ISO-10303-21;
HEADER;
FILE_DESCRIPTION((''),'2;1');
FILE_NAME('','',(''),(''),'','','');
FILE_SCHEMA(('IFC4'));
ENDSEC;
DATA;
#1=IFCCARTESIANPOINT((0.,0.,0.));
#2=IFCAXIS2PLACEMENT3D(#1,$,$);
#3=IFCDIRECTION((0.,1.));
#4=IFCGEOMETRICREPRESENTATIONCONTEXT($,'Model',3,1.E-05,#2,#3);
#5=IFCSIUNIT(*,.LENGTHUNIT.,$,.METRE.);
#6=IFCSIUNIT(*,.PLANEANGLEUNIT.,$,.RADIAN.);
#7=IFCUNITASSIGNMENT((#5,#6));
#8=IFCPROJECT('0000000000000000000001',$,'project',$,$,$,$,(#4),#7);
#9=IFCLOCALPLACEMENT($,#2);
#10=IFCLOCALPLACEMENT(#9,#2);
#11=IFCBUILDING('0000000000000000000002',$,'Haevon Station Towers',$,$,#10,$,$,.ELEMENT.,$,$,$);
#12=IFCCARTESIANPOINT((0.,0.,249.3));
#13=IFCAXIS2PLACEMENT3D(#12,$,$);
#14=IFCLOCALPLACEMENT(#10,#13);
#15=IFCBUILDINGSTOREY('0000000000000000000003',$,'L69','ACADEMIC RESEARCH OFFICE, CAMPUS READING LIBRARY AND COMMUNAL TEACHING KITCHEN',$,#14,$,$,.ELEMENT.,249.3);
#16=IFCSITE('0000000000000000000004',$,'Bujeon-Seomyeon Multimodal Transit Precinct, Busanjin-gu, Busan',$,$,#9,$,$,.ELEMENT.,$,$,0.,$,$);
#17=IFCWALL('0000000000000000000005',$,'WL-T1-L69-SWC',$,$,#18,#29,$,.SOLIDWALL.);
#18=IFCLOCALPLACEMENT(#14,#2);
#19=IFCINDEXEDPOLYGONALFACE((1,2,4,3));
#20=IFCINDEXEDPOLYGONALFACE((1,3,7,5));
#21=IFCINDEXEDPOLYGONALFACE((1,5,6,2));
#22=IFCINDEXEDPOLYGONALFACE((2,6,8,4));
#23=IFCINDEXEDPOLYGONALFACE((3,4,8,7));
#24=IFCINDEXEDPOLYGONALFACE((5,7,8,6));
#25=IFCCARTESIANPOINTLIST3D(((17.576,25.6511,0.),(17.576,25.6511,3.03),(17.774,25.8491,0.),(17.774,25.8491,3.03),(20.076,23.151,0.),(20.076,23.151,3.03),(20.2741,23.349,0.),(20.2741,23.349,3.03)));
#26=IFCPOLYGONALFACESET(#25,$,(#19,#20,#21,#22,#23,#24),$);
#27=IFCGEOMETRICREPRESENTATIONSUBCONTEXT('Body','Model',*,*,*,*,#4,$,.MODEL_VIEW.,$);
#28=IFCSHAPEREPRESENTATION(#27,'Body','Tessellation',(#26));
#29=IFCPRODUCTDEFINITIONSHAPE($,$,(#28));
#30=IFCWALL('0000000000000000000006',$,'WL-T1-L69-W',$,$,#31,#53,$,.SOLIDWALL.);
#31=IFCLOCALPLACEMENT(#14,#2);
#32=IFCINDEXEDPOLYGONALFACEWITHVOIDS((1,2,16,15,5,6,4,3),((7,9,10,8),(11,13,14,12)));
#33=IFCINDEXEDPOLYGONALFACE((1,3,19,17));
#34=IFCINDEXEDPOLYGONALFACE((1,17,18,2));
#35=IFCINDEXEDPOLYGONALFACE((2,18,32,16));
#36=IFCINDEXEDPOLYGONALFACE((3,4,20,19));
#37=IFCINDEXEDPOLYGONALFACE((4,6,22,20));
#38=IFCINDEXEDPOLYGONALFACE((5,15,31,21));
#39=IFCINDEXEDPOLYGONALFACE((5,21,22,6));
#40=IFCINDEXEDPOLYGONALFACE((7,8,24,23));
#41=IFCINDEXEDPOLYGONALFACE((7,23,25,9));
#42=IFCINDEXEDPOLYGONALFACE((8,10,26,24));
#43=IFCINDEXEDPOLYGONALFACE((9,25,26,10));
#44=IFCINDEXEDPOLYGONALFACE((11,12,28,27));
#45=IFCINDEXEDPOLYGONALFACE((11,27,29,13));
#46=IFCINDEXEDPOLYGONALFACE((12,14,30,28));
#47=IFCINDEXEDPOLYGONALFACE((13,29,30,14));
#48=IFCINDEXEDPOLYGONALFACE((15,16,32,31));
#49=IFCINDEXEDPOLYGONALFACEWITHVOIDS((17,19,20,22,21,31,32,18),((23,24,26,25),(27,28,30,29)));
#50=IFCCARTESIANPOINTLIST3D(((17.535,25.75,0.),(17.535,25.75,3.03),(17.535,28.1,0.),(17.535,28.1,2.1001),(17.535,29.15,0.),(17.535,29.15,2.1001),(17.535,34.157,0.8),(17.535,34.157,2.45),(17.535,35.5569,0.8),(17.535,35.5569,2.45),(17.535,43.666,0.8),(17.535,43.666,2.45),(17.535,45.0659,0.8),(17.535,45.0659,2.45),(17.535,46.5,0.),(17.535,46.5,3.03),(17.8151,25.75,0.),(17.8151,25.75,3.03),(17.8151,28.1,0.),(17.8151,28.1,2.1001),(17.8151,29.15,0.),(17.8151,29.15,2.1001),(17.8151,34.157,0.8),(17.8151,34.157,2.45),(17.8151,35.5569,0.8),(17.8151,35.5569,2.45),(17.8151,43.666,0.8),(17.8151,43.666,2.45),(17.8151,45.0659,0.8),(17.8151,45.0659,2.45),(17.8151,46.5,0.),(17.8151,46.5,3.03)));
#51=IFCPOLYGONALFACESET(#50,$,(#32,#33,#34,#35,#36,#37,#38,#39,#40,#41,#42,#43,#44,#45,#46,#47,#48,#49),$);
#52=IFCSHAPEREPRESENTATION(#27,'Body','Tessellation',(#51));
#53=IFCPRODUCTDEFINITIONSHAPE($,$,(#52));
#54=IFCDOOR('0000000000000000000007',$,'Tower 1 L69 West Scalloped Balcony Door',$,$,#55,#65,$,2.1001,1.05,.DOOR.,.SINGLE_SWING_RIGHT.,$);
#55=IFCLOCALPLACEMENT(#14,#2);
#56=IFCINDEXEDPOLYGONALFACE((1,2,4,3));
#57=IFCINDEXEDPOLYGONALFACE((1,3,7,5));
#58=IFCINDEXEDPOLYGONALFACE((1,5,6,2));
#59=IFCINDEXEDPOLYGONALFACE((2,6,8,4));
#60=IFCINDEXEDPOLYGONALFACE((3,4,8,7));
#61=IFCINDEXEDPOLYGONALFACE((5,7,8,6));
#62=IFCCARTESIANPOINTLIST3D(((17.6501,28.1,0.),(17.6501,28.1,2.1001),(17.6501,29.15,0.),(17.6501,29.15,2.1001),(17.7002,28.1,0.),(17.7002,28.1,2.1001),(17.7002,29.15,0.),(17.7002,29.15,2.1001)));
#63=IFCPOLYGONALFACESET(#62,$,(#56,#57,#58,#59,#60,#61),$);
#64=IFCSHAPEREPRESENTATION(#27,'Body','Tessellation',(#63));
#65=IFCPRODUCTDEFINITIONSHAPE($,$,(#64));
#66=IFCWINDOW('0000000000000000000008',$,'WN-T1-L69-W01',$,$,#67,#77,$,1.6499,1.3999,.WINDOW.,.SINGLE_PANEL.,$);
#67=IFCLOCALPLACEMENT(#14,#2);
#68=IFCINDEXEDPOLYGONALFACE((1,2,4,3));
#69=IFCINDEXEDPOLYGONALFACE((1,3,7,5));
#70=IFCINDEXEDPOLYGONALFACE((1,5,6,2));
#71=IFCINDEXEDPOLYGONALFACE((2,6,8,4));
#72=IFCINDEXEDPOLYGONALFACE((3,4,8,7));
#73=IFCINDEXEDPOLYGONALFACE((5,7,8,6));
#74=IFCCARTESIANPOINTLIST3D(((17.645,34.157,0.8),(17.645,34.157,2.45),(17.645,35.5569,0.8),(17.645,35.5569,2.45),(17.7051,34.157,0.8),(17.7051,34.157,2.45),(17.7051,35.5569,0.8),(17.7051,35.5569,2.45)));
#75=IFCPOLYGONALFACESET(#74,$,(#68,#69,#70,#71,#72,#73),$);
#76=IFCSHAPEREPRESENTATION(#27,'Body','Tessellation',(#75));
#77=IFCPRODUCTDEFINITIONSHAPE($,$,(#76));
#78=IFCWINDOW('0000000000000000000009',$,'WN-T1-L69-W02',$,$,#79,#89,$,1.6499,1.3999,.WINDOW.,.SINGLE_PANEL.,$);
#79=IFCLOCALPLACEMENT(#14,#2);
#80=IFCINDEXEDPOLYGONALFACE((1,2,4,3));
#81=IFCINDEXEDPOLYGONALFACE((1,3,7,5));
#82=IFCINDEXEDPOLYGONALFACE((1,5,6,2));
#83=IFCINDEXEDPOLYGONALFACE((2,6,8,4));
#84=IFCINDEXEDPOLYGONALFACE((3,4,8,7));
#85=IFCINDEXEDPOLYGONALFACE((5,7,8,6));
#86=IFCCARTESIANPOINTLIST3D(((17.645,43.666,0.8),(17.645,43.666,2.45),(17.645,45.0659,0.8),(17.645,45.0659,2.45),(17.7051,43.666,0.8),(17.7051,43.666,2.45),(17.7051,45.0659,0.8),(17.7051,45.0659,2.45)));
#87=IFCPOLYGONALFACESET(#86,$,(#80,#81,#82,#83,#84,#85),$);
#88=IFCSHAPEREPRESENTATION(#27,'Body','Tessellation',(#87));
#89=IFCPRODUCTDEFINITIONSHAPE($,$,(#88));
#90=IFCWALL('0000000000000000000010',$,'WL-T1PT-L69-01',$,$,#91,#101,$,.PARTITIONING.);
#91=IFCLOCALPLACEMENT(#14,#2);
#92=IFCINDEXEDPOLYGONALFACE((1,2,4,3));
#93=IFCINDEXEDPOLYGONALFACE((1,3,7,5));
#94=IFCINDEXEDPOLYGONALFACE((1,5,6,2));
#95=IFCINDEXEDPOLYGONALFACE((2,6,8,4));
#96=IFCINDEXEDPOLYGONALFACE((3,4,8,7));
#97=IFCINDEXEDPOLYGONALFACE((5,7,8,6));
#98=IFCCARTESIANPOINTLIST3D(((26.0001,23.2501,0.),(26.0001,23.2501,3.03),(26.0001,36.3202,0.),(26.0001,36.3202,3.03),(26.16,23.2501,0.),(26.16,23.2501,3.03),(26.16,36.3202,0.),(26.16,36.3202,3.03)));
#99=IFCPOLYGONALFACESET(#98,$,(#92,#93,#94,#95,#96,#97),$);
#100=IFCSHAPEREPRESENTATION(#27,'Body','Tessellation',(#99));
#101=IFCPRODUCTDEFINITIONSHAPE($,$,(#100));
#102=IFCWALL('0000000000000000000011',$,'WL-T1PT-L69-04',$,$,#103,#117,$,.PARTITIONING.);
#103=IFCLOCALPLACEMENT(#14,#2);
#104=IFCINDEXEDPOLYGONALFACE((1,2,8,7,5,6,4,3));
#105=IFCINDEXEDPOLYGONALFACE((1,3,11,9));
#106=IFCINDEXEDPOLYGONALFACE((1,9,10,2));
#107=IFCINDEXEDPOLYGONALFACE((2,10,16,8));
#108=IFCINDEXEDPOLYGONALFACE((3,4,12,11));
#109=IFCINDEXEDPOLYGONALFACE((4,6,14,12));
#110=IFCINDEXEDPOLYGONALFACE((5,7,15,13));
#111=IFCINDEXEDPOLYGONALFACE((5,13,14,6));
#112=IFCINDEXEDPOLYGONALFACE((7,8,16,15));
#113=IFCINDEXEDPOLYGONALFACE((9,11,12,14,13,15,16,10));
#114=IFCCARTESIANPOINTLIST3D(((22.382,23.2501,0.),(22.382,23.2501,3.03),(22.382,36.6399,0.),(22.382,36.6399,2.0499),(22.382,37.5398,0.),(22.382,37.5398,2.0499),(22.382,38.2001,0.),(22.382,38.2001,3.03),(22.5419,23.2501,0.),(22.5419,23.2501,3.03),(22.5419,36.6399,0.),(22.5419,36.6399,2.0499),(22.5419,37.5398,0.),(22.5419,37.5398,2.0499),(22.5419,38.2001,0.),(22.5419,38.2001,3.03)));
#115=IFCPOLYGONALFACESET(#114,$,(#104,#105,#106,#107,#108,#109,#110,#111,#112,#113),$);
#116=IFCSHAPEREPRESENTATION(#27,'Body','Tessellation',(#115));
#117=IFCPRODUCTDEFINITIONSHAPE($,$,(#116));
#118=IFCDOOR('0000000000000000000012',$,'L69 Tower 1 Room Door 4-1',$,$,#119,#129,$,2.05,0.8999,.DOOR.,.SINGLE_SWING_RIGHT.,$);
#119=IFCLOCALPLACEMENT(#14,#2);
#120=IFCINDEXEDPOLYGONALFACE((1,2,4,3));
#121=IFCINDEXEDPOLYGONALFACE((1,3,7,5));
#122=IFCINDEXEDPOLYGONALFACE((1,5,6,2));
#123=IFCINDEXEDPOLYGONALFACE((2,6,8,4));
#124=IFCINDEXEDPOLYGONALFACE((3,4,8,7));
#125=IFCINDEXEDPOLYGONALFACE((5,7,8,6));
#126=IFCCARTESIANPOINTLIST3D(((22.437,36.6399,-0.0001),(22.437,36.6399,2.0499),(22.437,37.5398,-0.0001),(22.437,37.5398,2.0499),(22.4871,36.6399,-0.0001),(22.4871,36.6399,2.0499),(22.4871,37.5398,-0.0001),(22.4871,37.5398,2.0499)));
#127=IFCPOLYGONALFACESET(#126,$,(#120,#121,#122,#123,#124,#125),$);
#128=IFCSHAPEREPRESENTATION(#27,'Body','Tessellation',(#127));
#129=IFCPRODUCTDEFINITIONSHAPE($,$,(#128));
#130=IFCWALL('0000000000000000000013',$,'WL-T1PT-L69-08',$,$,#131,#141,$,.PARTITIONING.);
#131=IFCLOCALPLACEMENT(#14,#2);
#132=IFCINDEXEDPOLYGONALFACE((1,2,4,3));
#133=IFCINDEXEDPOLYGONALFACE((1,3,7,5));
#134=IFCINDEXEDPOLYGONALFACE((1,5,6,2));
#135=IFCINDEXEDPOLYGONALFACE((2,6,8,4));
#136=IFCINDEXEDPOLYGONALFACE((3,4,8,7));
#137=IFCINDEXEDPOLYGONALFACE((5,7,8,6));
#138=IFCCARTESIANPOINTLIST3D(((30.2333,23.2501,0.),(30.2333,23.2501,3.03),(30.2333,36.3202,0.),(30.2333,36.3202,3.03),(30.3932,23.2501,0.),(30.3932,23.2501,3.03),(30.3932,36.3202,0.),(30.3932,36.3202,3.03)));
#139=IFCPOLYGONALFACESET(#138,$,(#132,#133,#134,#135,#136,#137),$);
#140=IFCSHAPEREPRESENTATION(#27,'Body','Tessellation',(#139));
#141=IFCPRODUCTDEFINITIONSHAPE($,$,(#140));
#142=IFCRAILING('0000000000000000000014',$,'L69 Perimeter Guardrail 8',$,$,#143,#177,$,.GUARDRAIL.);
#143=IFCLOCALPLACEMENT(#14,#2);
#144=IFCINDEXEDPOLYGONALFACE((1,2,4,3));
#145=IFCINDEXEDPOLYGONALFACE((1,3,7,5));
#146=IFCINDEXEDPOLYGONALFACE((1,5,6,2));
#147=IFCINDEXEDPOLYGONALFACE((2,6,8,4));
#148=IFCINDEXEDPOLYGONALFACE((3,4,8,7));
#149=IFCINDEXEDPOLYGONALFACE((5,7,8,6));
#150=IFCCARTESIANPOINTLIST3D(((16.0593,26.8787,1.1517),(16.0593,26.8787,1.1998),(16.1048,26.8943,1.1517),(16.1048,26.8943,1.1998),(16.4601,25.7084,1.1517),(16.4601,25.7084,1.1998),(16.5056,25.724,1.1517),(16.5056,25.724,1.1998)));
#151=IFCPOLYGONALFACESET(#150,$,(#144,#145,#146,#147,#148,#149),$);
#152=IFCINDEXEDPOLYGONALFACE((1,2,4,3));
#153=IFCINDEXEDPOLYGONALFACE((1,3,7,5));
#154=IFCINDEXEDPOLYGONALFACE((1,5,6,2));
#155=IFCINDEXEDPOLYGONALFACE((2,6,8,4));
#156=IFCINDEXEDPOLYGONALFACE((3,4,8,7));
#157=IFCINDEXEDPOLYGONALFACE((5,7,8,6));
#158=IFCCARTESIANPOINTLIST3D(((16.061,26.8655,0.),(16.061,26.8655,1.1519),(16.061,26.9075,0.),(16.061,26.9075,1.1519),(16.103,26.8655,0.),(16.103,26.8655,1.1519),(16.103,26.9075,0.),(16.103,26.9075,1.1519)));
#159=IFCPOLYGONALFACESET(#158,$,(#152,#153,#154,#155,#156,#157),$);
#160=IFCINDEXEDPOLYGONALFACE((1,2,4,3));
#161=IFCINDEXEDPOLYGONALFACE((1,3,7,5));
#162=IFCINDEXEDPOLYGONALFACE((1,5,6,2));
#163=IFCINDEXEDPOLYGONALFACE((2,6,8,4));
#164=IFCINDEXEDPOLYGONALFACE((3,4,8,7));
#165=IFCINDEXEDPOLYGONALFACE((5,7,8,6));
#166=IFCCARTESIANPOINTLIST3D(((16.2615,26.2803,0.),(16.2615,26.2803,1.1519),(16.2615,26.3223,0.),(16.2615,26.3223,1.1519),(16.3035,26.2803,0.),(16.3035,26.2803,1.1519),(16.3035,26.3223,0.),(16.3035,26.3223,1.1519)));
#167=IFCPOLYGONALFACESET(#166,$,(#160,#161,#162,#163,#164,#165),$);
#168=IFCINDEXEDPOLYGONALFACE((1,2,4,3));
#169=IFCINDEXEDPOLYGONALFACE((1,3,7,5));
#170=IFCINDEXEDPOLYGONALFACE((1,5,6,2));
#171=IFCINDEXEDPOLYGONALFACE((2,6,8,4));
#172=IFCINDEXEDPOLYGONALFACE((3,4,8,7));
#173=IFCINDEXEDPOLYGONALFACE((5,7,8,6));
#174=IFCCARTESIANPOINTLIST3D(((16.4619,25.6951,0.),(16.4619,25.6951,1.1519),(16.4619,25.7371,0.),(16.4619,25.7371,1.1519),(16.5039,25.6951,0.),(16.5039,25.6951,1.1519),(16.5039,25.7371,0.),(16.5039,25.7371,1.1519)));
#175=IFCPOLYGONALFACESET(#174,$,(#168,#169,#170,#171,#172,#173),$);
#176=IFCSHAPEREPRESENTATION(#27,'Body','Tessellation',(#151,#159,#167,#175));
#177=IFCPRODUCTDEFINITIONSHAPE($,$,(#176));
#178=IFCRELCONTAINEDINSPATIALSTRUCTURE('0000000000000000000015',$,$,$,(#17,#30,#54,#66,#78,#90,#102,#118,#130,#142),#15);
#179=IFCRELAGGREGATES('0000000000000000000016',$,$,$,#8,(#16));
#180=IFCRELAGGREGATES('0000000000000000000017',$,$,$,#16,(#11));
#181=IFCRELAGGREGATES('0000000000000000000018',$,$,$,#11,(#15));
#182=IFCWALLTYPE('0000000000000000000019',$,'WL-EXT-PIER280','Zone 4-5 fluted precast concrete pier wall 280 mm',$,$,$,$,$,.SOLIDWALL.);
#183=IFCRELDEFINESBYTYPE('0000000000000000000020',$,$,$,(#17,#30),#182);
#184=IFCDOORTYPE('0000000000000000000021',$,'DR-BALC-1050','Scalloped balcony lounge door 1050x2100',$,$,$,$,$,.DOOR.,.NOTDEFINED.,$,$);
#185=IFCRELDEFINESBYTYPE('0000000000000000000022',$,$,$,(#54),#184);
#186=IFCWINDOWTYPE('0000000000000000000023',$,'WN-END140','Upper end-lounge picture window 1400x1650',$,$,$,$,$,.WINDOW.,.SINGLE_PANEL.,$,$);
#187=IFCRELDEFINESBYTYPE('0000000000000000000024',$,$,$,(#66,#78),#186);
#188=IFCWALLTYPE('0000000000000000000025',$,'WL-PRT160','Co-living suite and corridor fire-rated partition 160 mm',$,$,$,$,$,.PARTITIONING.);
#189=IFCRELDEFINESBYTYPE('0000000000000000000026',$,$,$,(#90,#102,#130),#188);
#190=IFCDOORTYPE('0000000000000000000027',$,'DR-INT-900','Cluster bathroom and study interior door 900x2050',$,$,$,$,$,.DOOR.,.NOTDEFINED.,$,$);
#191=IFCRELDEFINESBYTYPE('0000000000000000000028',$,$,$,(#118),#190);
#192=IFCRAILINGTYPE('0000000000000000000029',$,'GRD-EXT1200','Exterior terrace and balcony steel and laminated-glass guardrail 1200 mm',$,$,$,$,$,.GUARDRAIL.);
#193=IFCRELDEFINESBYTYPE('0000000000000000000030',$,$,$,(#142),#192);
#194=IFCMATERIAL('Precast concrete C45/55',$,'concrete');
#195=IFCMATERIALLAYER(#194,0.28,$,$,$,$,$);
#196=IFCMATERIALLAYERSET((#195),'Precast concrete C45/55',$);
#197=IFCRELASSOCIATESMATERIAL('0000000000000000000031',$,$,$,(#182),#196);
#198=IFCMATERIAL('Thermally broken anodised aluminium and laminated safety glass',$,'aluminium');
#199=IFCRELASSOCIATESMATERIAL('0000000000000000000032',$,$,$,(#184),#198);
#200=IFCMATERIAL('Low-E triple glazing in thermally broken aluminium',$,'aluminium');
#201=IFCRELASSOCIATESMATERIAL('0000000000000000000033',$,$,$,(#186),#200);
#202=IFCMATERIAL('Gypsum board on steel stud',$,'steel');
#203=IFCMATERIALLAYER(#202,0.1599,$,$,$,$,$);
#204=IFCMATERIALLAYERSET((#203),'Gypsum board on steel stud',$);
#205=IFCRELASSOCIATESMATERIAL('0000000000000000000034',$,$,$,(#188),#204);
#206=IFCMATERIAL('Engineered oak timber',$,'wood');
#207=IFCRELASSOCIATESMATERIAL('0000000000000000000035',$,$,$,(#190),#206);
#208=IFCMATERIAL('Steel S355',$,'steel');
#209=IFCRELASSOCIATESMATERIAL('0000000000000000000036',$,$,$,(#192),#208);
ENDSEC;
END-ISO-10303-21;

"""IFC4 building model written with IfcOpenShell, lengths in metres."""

from ifc_helpers import new_model, si_unit, direction, frame, frame_2d, origin, origin_2d, place, context, subcontext, project, spatial, rectangle, extrude, material, layer, layer_set, type_object, element, fill, save


model = new_model("IFC4")

# Units and contexts
model_context = context("Model", 3, precision=1e-05, world=origin(), true_north=direction((0.0, 1.0)))
body_context = subcontext(model_context, "Body", "Model", "MODEL_VIEW")
ifc_project = project(units=[si_unit("LENGTHUNIT", "METRE"), si_unit("PLANEANGLEUNIT", "RADIAN")], contexts=[model_context])

# Site, building, storey
site_placement = place(None, origin())
site = spatial("IfcSite", under=ifc_project, at=site_placement, Name="Bujeon-Seomyeon Multimodal Transit Precinct, Busanjin-gu, Busan", CompositionType="ELEMENT", RefElevation=0.0)
building_placement = place(site_placement, origin())
building = spatial("IfcBuilding", under=site, at=building_placement, Name="Haevon Station Towers", CompositionType="ELEMENT")
storey_placement = place(building_placement, frame((0.0, 0.0, 249.3)))
storey = spatial("IfcBuildingStorey", under=building, at=storey_placement, Name="L69", Description="ACADEMIC RESEARCH OFFICE, CAMPUS READING LIBRARY AND COMMUNAL TEACHING KITCHEN", CompositionType="ELEMENT", Elevation=249.3)

# Shared definitions
ifc_material_1 = material(Name="Steel S355", Category="steel")

# Wall
ifc_material_2 = material(Name="Precast concrete C45/55", Category="concrete")
ifc_layer_1 = layer(ifc_material_2, 0.28)
ifc_layer_set_1 = layer_set([ifc_layer_1], Name="Precast concrete C45/55")
wall_type_1 = type_object("IfcWallType", Name="WL-EXT-PIER280", Description="Zone 4-5 fluted precast concrete pier wall 280 mm", PredefinedType="SOLIDWALL", material=ifc_layer_set_1)
wall_1_placement = place(storey_placement, frame((20.175, 23.25, 0.0), z_axis=(0.0, 0.0, 1.0), x_axis=(-0.707107, 0.707107, 0.0)))
element("IfcWall", 1, at=wall_1_placement, inside=storey, type_object=wall_type_1, Name="WL-T1-L69-SWC", PredefinedType="SOLIDWALL", context=body_context, shape_type="SweptSolid", body=[
    extrude(rectangle(XDim=3.5356, YDim=0.28, at=frame_2d((1.7678, 0.0))), origin(), (0.0, 0.0, 1.0), 3.03),
])

# Wall, openings, door, windows
wall_2_placement = place(storey_placement, frame((17.675, 25.75, 0.0), z_axis=(0.0, 0.0, 1.0), x_axis=(0.0, 1.0, 0.0)))
wall_2 = element("IfcWall", 2, at=wall_2_placement, inside=storey, type_object=wall_type_1, Name="WL-T1-L69-W", PredefinedType="SOLIDWALL", context=body_context, shape_type="SweptSolid", body=[
    extrude(rectangle(XDim=20.75, YDim=0.28, at=frame_2d((10.375, 0.0))), origin(), (0.0, 0.0, 1.0), 3.03),
])
opening_1_placement = place(wall_2_placement, frame((2.3501, 0.0, 0.0)))
opening_1 = element("IfcOpeningElement", 3, at=opening_1_placement, cuts=wall_2, PredefinedType="OPENING", context=body_context, shape_type="SweptSolid", body=[
    extrude(rectangle(XDim=1.05, YDim=2.1001, at=frame_2d((0.5249, 1.05))), frame((0.0, 0.1499, 0.0), z_axis=(0.0, -1.0, 0.0), x_axis=(1.0, 0.0, 0.0)), (0.0, 0.0, 1.0), 0.3),
])
opening_2_placement = place(wall_2_placement, frame((8.407, 0.0, 0.8)))
opening_2 = element("IfcOpeningElement", 4, at=opening_2_placement, cuts=wall_2, PredefinedType="OPENING", context=body_context, shape_type="SweptSolid", body=[
    extrude(rectangle(XDim=1.3999, YDim=1.6499, at=frame_2d((0.7, 0.825))), frame((0.0, 0.1499, 0.0), z_axis=(0.0, -1.0, 0.0), x_axis=(1.0, 0.0, 0.0)), (0.0, 0.0, 1.0), 0.3),
])
opening_3_placement = place(wall_2_placement, frame((17.916, 0.0, 0.8)))
opening_3 = element("IfcOpeningElement", 5, at=opening_3_placement, cuts=wall_2, PredefinedType="OPENING", context=body_context, shape_type="SweptSolid", body=[
    extrude(rectangle(XDim=1.3999, YDim=1.6499, at=frame_2d((0.7, 0.825))), frame((0.0, 0.1499, 0.0), z_axis=(0.0, -1.0, 0.0), x_axis=(1.0, 0.0, 0.0)), (0.0, 0.0, 1.0), 0.3),
])
ifc_material_3 = material(Name="Thermally broken anodised aluminium and laminated safety glass", Category="aluminium")
door_type_1 = type_object("IfcDoorType", Name="DR-BALC-1050", Description="Scalloped balcony lounge door 1050x2100", OperationType="NOTDEFINED", PredefinedType="DOOR", material=ifc_material_3)
door_1_placement = place(opening_1_placement, origin())
door_1 = element("IfcDoor", 6, at=door_1_placement, inside=storey, type_object=door_type_1, Name="Tower 1 L69 West Scalloped Balcony Door", OperationType="SINGLE_SWING_RIGHT", OverallHeight=2.1001, OverallWidth=1.05, PredefinedType="DOOR", context=body_context, shape_type="SweptSolid", body=[
    extrude(rectangle(XDim=1.05, YDim=2.1001, at=frame_2d((0.5249, 1.05))), frame((0.0, 0.0249, 0.0), z_axis=(0.0, -1.0, 0.0), x_axis=(1.0, 0.0, 0.0)), (0.0, 0.0, 1.0), 0.05),
])
fill(opening_1, door_1)
ifc_material_4 = material(Name="Low-E triple glazing in thermally broken aluminium", Category="aluminium")
window_type = type_object("IfcWindowType", Name="WN-END140", Description="Upper end-lounge picture window 1400x1650", PartitioningType="SINGLE_PANEL", PredefinedType="WINDOW", material=ifc_material_4)
window_1_placement = place(opening_2_placement, origin())
window_1 = element("IfcWindow", 7, at=window_1_placement, inside=storey, type_object=window_type, Name="WN-T1-L69-W01", OverallHeight=1.6499, OverallWidth=1.3999, PartitioningType="SINGLE_PANEL", PredefinedType="WINDOW", context=body_context, shape_type="SweptSolid", body=[
    extrude(rectangle(XDim=1.3999, YDim=1.6499, at=frame_2d((0.7, 0.825))), frame((0.0, 0.03, 0.0), z_axis=(0.0, -1.0, 0.0), x_axis=(1.0, 0.0, 0.0)), (0.0, 0.0, 1.0), 0.0601),
])
fill(opening_2, window_1)
window_2_placement = place(opening_3_placement, origin())
window_2 = element("IfcWindow", 8, at=window_2_placement, inside=storey, type_object=window_type, Name="WN-T1-L69-W02", OverallHeight=1.6499, OverallWidth=1.3999, PartitioningType="SINGLE_PANEL", PredefinedType="WINDOW", context=body_context, shape_type="SweptSolid", body=[
    extrude(rectangle(XDim=1.3999, YDim=1.6499, at=frame_2d((0.7, 0.825))), frame((0.0, 0.03, 0.0), z_axis=(0.0, -1.0, 0.0), x_axis=(1.0, 0.0, 0.0)), (0.0, 0.0, 1.0), 0.0601),
])
fill(opening_3, window_2)

# Wall
ifc_material_5 = material(Name="Gypsum board on steel stud", Category="steel")
ifc_layer_2 = layer(ifc_material_5, 0.1599)
ifc_layer_set_2 = layer_set([ifc_layer_2], Name="Gypsum board on steel stud")
wall_type_2 = type_object("IfcWallType", Name="WL-PRT160", Description="Co-living suite and corridor fire-rated partition 160 mm", PredefinedType="PARTITIONING", material=ifc_layer_set_2)
wall_3_placement = place(storey_placement, frame((26.0801, 23.25, 0.0), z_axis=(0.0, 0.0, 1.0), x_axis=(0.0, 1.0, 0.0)))
element("IfcWall", 9, at=wall_3_placement, inside=storey, type_object=wall_type_2, Name="WL-T1PT-L69-01", PredefinedType="PARTITIONING", context=body_context, shape_type="SweptSolid", body=[
    extrude(rectangle(XDim=13.0701, YDim=0.1599, at=frame_2d((6.5352, 0.0))), origin(), (0.0, 0.0, 1.0), 3.03),
])

# Wall, opening, door
wall_4_placement = place(storey_placement, frame((22.4619, 23.25, 0.0), z_axis=(0.0, 0.0, 1.0), x_axis=(0.0, 1.0, 0.0)))
wall_4 = element("IfcWall", 10, at=wall_4_placement, inside=storey, type_object=wall_type_2, Name="WL-T1PT-L69-04", PredefinedType="PARTITIONING", context=body_context, shape_type="SweptSolid", body=[
    extrude(rectangle(XDim=14.95, YDim=0.1599, at=frame_2d((7.4751, 0.0))), origin(), (0.0, 0.0, 1.0), 3.03),
])
opening_4_placement = place(wall_4_placement, frame((13.3899, 0.0, 0.0)))
opening_4 = element("IfcOpeningElement", 11, at=opening_4_placement, cuts=wall_4, PredefinedType="OPENING", context=body_context, shape_type="SweptSolid", body=[
    extrude(rectangle(XDim=0.8999, YDim=2.05, at=frame_2d((0.45, 1.0249))), frame((0.0, 0.0898, 0.0), z_axis=(0.0, -1.0, 0.0), x_axis=(1.0, 0.0, 0.0)), (0.0, 0.0, 1.0), 0.1799),
])
ifc_material_6 = material(Name="Engineered oak timber", Category="wood")
door_type_2 = type_object("IfcDoorType", Name="DR-INT-900", Description="Cluster bathroom and study interior door 900x2050", OperationType="NOTDEFINED", PredefinedType="DOOR", material=ifc_material_6)
door_2_placement = place(opening_4_placement, origin())
door_2 = element("IfcDoor", 12, at=door_2_placement, inside=storey, type_object=door_type_2, Name="L69 Tower 1 Room Door 4-1", OperationType="SINGLE_SWING_RIGHT", OverallHeight=2.05, OverallWidth=0.8999, PredefinedType="DOOR", context=body_context, shape_type="SweptSolid", body=[
    extrude(rectangle(XDim=0.8999, YDim=2.05, at=frame_2d((0.45, 1.0249))), frame((0.0, 0.0249, 0.0), z_axis=(0.0, -1.0, 0.0), x_axis=(1.0, 0.0, 0.0)), (0.0, 0.0, 1.0), 0.05),
])
fill(opening_4, door_2)

# Wall
wall_5_placement = place(storey_placement, frame((30.3132, 23.25, 0.0), z_axis=(0.0, 0.0, 1.0), x_axis=(0.0, 1.0, 0.0)))
element("IfcWall", 13, at=wall_5_placement, inside=storey, type_object=wall_type_2, Name="WL-T1PT-L69-08", PredefinedType="PARTITIONING", context=body_context, shape_type="SweptSolid", body=[
    extrude(rectangle(XDim=13.0701, YDim=0.1599, at=frame_2d((6.5352, 0.0))), origin(), (0.0, 0.0, 1.0), 3.03),
])

# Railing
railing_type = type_object("IfcRailingType", Name="GRD-EXT1200", Description="Exterior terrace and balcony steel and laminated-glass guardrail 1200 mm", PredefinedType="GUARDRAIL", material=ifc_material_1)
railing_1_placement = place(storey_placement, frame((16.082, 26.8865, 0.0)))
element("IfcRailing", 14, at=railing_1_placement, inside=storey, type_object=railing_type, Name="L69 Perimeter Guardrail 8", PredefinedType="GUARDRAIL", context=body_context, shape_type="SweptSolid", body=[
    extrude(rectangle(XDim=0.0481, YDim=0.0481, at=origin_2d()), frame((0.0, 0.0, 1.1758), z_axis=(0.324032, -0.946046, 0.0), x_axis=(0.946046, 0.324032, 0.0)), (0.0, 0.0, 1.0), 1.2371),
    extrude(rectangle(XDim=0.042, YDim=0.042, at=origin_2d()), origin(), (0.0, 0.0, 1.0), 1.1519),
    extrude(rectangle(XDim=0.042, YDim=0.042, at=origin_2d()), frame((0.2004, -0.5852, 0.0)), (0.0, 0.0, 1.0), 1.1519),
    extrude(rectangle(XDim=0.042, YDim=0.042, at=origin_2d()), frame((0.4009, -1.1704, 0.0)), (0.0, 0.0, 1.0), 1.1519),
])

save(model, "model.ifc")
